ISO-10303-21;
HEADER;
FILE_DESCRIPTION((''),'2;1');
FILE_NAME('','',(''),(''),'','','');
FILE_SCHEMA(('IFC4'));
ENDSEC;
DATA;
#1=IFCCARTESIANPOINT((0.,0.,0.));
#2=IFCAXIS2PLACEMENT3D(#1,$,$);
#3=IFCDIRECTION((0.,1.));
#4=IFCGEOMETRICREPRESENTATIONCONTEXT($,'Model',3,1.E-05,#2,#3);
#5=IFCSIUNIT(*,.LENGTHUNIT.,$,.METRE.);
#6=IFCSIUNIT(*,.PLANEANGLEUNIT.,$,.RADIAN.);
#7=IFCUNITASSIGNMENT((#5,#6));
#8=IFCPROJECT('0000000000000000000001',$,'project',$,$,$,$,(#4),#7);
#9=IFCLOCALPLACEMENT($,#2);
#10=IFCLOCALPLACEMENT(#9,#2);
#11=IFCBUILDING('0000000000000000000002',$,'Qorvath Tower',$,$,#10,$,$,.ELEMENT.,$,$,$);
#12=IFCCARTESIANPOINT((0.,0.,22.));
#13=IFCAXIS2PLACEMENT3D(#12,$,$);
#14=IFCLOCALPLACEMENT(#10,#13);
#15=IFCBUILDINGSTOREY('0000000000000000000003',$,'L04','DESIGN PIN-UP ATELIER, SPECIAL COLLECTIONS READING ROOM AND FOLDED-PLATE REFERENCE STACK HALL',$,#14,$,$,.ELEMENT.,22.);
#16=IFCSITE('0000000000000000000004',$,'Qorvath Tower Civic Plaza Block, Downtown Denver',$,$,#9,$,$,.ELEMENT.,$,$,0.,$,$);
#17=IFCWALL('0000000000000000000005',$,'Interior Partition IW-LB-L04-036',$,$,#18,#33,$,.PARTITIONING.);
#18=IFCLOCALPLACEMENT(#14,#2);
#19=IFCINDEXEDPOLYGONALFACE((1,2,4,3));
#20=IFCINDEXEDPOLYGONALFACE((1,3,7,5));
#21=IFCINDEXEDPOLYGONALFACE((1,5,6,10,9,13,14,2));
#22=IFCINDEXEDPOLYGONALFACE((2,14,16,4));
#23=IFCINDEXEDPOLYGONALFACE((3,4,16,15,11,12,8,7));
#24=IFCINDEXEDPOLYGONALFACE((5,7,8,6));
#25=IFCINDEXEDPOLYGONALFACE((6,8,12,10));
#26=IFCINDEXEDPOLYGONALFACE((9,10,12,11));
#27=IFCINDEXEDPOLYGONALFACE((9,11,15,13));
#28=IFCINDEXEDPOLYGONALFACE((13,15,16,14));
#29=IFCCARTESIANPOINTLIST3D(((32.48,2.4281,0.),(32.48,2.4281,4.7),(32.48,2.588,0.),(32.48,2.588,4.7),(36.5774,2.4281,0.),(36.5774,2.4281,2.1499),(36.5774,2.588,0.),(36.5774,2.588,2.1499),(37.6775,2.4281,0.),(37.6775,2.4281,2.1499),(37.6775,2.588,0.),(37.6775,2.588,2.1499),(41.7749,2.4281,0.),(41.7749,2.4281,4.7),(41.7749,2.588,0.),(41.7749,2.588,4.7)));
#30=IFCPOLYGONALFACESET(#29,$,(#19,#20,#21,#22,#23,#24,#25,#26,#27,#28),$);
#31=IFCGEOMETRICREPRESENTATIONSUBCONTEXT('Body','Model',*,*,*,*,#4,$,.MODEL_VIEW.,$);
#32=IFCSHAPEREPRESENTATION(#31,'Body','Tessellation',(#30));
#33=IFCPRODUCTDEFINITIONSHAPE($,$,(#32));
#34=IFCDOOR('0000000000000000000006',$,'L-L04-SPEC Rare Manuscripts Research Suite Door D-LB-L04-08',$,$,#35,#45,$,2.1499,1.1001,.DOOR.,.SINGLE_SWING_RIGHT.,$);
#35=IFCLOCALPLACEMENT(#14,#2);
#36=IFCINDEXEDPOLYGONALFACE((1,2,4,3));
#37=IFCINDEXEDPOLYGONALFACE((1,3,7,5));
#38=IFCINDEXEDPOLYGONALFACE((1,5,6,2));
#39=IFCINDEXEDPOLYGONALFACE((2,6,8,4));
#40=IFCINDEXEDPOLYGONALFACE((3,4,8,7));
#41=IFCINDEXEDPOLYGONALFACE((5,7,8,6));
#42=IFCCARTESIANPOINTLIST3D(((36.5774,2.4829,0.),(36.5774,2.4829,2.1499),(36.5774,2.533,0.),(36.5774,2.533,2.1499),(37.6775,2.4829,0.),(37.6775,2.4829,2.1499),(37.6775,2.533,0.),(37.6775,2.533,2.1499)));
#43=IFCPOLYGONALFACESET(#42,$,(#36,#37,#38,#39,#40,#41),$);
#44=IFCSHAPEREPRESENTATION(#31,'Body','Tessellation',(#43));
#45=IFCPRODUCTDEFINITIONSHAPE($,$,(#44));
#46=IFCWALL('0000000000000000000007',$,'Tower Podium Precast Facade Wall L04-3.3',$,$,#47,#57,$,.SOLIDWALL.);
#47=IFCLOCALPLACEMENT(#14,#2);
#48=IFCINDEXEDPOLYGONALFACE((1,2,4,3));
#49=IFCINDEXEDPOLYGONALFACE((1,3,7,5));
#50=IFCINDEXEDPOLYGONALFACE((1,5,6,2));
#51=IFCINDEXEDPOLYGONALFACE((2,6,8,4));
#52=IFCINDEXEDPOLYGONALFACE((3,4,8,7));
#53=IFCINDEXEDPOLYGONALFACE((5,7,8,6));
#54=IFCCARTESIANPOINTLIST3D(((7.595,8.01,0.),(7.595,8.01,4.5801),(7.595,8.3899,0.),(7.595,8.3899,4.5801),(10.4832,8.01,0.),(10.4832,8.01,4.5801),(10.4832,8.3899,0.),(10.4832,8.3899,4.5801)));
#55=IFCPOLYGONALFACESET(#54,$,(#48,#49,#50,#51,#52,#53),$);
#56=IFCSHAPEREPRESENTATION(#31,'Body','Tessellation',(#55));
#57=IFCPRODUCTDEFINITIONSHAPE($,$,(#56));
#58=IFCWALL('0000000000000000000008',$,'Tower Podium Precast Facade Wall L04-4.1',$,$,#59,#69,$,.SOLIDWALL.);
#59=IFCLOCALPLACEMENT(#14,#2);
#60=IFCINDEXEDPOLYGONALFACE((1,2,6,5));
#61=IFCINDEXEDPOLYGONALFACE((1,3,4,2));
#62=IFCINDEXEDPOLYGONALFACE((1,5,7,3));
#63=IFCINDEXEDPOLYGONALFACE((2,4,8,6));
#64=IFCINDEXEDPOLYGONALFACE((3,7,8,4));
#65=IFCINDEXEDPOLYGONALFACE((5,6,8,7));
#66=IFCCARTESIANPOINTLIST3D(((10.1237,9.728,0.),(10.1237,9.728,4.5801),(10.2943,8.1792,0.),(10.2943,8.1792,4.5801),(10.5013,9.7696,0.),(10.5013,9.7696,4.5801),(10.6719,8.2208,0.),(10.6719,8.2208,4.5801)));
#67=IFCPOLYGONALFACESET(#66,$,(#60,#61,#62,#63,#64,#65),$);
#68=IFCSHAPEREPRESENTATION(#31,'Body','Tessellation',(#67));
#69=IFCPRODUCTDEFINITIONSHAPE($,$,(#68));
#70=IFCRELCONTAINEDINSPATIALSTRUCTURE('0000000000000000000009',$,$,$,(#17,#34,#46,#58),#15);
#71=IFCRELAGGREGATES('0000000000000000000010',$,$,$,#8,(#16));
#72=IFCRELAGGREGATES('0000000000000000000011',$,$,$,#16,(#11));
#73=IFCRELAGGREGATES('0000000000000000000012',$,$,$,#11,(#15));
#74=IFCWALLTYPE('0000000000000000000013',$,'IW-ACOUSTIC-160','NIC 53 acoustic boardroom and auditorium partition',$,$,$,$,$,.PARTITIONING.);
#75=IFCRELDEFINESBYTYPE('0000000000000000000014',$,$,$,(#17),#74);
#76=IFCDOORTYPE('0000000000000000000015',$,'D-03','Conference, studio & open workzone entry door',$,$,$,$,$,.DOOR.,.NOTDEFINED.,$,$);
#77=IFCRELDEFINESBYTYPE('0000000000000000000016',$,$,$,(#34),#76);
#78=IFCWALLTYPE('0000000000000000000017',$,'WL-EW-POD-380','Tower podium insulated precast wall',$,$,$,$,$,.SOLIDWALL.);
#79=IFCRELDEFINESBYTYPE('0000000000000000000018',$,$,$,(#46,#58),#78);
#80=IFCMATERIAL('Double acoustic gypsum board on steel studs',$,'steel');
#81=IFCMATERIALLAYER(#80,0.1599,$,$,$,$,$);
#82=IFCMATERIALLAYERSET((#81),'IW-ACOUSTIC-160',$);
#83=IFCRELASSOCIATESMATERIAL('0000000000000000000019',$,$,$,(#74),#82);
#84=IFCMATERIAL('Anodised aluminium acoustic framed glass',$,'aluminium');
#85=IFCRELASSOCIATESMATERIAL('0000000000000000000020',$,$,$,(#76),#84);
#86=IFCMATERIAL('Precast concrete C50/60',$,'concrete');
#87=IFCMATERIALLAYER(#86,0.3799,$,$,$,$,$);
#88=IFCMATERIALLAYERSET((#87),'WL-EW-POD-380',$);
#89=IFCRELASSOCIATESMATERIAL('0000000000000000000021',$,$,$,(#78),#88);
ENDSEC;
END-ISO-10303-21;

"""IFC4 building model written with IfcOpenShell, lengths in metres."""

from ifc_helpers import new_model, si_unit, direction, frame, frame_2d, origin, place, context, subcontext, project, spatial, rectangle, extrude, material, layer, layer_set, type_object, element, fill, save


model = new_model("IFC4")

# Units and contexts
model_context = context("Model", 3, precision=1e-05, world=origin(), true_north=direction((0.0, 1.0)))
body_context = subcontext(model_context, "Body", "Model", "MODEL_VIEW")
ifc_project = project(units=[si_unit("LENGTHUNIT", "METRE"), si_unit("PLANEANGLEUNIT", "RADIAN")], contexts=[model_context])

# Site, building, storey
site_placement = place(None, origin())
site = spatial("IfcSite", under=ifc_project, at=site_placement, Name="Qorvath Tower Civic Plaza Block, Downtown Denver", CompositionType="ELEMENT", RefElevation=0.0)
building_placement = place(site_placement, origin())
building = spatial("IfcBuilding", under=site, at=building_placement, Name="Qorvath Tower", CompositionType="ELEMENT")
storey_placement = place(building_placement, frame((0.0, 0.0, 22.0)))
storey = spatial("IfcBuildingStorey", under=building, at=storey_placement, Name="L04", Description="DESIGN PIN-UP ATELIER, SPECIAL COLLECTIONS READING ROOM AND FOLDED-PLATE REFERENCE STACK HALL", CompositionType="ELEMENT", Elevation=22.0)

# Wall, opening, door
ifc_material_1 = material(Name="Double acoustic gypsum board on steel studs", Category="steel")
ifc_layer_1 = layer(ifc_material_1, 0.1599)
ifc_layer_set_1 = layer_set([ifc_layer_1], Name="IW-ACOUSTIC-160")
wall_type_1 = type_object("IfcWallType", Name="IW-ACOUSTIC-160", Description="NIC 53 acoustic boardroom and auditorium partition", PredefinedType="PARTITIONING", material=ifc_layer_set_1)
wall_1_placement = place(storey_placement, frame((32.48, 2.5081, 0.0), z_axis=(0.0, 0.0, 1.0), x_axis=(1.0, 0.0, 0.0)))
wall_1 = element("IfcWall", 1, at=wall_1_placement, inside=storey, type_object=wall_type_1, Name="Interior Partition IW-LB-L04-036", PredefinedType="PARTITIONING", context=body_context, shape_type="SweptSolid", body=[
    extrude(rectangle(XDim=9.2949, YDim=0.1599, at=frame_2d((4.6475, 0.0))), origin(), (0.0, 0.0, 1.0), 4.7),
])
opening_placement = place(wall_1_placement, frame((4.0974, 0.0, 0.0)))
opening = element("IfcOpeningElement", 2, at=opening_placement, cuts=wall_1, PredefinedType="OPENING", context=body_context, shape_type="SweptSolid", body=[
    extrude(rectangle(XDim=1.1001, YDim=2.1499, at=frame_2d((0.55, 1.075))), frame((0.0, 0.0898, 0.0), z_axis=(0.0, -1.0, 0.0), x_axis=(1.0, 0.0, 0.0)), (0.0, 0.0, 1.0), 0.1799),
])
ifc_material_2 = material(Name="Anodised aluminium acoustic framed glass", Category="aluminium")
door_type = type_object("IfcDoorType", Name="D-03", Description="Conference, studio & open workzone entry door", OperationType="NOTDEFINED", PredefinedType="DOOR", material=ifc_material_2)
door_placement = place(opening_placement, origin())
door = element("IfcDoor", 3, at=door_placement, inside=storey, type_object=door_type, Name="L-L04-SPEC Rare Manuscripts Research Suite Door D-LB-L04-08", OperationType="SINGLE_SWING_RIGHT", OverallHeight=2.1499, OverallWidth=1.1001, PredefinedType="DOOR", context=body_context, shape_type="SweptSolid", body=[
    extrude(rectangle(XDim=1.1001, YDim=2.1499, at=frame_2d((0.55, 1.075))), frame((0.0, 0.0249, 0.0), z_axis=(0.0, -1.0, 0.0), x_axis=(1.0, 0.0, 0.0)), (0.0, 0.0, 1.0), 0.05),
])
fill(opening, door)

# Walls
ifc_material_3 = material(Name="Precast concrete C50/60", Category="concrete")
ifc_layer_2 = layer(ifc_material_3, 0.3799)
ifc_layer_set_2 = layer_set([ifc_layer_2], Name="WL-EW-POD-380")
wall_type_2 = type_object("IfcWallType", Name="WL-EW-POD-380", Description="Tower podium insulated precast wall", PredefinedType="SOLIDWALL", material=ifc_layer_set_2)
wall_2_placement = place(storey_placement, frame((7.595, 8.2, 0.0), z_axis=(0.0, 0.0, 1.0), x_axis=(1.0, 0.0, 0.0)))
element("IfcWall", 4, at=wall_2_placement, inside=storey, type_object=wall_type_2, Name="Tower Podium Precast Facade Wall L04-3.3", PredefinedType="SOLIDWALL", context=body_context, shape_type="SweptSolid", body=[
    extrude(rectangle(XDim=2.8882, YDim=0.3799, at=frame_2d((1.4441, 0.0))), origin(), (0.0, 0.0, 1.0), 4.5801),
])
wall_3_placement = place(storey_placement, frame((10.3125, 9.7488, 0.0), z_axis=(0.0, 0.0, 1.0), x_axis=(0.10952, -0.993985, 0.0)))
element("IfcWall", 5, at=wall_3_placement, inside=storey, type_object=wall_type_2, Name="Tower Podium Precast Facade Wall L04-4.1", PredefinedType="SOLIDWALL", context=body_context, shape_type="SweptSolid", body=[
    extrude(rectangle(XDim=1.5581, YDim=0.3799, at=frame_2d((0.7791, 0.0))), origin(), (0.0, 0.0, 1.0), 4.5801),
])

save(model, "model.ifc")
